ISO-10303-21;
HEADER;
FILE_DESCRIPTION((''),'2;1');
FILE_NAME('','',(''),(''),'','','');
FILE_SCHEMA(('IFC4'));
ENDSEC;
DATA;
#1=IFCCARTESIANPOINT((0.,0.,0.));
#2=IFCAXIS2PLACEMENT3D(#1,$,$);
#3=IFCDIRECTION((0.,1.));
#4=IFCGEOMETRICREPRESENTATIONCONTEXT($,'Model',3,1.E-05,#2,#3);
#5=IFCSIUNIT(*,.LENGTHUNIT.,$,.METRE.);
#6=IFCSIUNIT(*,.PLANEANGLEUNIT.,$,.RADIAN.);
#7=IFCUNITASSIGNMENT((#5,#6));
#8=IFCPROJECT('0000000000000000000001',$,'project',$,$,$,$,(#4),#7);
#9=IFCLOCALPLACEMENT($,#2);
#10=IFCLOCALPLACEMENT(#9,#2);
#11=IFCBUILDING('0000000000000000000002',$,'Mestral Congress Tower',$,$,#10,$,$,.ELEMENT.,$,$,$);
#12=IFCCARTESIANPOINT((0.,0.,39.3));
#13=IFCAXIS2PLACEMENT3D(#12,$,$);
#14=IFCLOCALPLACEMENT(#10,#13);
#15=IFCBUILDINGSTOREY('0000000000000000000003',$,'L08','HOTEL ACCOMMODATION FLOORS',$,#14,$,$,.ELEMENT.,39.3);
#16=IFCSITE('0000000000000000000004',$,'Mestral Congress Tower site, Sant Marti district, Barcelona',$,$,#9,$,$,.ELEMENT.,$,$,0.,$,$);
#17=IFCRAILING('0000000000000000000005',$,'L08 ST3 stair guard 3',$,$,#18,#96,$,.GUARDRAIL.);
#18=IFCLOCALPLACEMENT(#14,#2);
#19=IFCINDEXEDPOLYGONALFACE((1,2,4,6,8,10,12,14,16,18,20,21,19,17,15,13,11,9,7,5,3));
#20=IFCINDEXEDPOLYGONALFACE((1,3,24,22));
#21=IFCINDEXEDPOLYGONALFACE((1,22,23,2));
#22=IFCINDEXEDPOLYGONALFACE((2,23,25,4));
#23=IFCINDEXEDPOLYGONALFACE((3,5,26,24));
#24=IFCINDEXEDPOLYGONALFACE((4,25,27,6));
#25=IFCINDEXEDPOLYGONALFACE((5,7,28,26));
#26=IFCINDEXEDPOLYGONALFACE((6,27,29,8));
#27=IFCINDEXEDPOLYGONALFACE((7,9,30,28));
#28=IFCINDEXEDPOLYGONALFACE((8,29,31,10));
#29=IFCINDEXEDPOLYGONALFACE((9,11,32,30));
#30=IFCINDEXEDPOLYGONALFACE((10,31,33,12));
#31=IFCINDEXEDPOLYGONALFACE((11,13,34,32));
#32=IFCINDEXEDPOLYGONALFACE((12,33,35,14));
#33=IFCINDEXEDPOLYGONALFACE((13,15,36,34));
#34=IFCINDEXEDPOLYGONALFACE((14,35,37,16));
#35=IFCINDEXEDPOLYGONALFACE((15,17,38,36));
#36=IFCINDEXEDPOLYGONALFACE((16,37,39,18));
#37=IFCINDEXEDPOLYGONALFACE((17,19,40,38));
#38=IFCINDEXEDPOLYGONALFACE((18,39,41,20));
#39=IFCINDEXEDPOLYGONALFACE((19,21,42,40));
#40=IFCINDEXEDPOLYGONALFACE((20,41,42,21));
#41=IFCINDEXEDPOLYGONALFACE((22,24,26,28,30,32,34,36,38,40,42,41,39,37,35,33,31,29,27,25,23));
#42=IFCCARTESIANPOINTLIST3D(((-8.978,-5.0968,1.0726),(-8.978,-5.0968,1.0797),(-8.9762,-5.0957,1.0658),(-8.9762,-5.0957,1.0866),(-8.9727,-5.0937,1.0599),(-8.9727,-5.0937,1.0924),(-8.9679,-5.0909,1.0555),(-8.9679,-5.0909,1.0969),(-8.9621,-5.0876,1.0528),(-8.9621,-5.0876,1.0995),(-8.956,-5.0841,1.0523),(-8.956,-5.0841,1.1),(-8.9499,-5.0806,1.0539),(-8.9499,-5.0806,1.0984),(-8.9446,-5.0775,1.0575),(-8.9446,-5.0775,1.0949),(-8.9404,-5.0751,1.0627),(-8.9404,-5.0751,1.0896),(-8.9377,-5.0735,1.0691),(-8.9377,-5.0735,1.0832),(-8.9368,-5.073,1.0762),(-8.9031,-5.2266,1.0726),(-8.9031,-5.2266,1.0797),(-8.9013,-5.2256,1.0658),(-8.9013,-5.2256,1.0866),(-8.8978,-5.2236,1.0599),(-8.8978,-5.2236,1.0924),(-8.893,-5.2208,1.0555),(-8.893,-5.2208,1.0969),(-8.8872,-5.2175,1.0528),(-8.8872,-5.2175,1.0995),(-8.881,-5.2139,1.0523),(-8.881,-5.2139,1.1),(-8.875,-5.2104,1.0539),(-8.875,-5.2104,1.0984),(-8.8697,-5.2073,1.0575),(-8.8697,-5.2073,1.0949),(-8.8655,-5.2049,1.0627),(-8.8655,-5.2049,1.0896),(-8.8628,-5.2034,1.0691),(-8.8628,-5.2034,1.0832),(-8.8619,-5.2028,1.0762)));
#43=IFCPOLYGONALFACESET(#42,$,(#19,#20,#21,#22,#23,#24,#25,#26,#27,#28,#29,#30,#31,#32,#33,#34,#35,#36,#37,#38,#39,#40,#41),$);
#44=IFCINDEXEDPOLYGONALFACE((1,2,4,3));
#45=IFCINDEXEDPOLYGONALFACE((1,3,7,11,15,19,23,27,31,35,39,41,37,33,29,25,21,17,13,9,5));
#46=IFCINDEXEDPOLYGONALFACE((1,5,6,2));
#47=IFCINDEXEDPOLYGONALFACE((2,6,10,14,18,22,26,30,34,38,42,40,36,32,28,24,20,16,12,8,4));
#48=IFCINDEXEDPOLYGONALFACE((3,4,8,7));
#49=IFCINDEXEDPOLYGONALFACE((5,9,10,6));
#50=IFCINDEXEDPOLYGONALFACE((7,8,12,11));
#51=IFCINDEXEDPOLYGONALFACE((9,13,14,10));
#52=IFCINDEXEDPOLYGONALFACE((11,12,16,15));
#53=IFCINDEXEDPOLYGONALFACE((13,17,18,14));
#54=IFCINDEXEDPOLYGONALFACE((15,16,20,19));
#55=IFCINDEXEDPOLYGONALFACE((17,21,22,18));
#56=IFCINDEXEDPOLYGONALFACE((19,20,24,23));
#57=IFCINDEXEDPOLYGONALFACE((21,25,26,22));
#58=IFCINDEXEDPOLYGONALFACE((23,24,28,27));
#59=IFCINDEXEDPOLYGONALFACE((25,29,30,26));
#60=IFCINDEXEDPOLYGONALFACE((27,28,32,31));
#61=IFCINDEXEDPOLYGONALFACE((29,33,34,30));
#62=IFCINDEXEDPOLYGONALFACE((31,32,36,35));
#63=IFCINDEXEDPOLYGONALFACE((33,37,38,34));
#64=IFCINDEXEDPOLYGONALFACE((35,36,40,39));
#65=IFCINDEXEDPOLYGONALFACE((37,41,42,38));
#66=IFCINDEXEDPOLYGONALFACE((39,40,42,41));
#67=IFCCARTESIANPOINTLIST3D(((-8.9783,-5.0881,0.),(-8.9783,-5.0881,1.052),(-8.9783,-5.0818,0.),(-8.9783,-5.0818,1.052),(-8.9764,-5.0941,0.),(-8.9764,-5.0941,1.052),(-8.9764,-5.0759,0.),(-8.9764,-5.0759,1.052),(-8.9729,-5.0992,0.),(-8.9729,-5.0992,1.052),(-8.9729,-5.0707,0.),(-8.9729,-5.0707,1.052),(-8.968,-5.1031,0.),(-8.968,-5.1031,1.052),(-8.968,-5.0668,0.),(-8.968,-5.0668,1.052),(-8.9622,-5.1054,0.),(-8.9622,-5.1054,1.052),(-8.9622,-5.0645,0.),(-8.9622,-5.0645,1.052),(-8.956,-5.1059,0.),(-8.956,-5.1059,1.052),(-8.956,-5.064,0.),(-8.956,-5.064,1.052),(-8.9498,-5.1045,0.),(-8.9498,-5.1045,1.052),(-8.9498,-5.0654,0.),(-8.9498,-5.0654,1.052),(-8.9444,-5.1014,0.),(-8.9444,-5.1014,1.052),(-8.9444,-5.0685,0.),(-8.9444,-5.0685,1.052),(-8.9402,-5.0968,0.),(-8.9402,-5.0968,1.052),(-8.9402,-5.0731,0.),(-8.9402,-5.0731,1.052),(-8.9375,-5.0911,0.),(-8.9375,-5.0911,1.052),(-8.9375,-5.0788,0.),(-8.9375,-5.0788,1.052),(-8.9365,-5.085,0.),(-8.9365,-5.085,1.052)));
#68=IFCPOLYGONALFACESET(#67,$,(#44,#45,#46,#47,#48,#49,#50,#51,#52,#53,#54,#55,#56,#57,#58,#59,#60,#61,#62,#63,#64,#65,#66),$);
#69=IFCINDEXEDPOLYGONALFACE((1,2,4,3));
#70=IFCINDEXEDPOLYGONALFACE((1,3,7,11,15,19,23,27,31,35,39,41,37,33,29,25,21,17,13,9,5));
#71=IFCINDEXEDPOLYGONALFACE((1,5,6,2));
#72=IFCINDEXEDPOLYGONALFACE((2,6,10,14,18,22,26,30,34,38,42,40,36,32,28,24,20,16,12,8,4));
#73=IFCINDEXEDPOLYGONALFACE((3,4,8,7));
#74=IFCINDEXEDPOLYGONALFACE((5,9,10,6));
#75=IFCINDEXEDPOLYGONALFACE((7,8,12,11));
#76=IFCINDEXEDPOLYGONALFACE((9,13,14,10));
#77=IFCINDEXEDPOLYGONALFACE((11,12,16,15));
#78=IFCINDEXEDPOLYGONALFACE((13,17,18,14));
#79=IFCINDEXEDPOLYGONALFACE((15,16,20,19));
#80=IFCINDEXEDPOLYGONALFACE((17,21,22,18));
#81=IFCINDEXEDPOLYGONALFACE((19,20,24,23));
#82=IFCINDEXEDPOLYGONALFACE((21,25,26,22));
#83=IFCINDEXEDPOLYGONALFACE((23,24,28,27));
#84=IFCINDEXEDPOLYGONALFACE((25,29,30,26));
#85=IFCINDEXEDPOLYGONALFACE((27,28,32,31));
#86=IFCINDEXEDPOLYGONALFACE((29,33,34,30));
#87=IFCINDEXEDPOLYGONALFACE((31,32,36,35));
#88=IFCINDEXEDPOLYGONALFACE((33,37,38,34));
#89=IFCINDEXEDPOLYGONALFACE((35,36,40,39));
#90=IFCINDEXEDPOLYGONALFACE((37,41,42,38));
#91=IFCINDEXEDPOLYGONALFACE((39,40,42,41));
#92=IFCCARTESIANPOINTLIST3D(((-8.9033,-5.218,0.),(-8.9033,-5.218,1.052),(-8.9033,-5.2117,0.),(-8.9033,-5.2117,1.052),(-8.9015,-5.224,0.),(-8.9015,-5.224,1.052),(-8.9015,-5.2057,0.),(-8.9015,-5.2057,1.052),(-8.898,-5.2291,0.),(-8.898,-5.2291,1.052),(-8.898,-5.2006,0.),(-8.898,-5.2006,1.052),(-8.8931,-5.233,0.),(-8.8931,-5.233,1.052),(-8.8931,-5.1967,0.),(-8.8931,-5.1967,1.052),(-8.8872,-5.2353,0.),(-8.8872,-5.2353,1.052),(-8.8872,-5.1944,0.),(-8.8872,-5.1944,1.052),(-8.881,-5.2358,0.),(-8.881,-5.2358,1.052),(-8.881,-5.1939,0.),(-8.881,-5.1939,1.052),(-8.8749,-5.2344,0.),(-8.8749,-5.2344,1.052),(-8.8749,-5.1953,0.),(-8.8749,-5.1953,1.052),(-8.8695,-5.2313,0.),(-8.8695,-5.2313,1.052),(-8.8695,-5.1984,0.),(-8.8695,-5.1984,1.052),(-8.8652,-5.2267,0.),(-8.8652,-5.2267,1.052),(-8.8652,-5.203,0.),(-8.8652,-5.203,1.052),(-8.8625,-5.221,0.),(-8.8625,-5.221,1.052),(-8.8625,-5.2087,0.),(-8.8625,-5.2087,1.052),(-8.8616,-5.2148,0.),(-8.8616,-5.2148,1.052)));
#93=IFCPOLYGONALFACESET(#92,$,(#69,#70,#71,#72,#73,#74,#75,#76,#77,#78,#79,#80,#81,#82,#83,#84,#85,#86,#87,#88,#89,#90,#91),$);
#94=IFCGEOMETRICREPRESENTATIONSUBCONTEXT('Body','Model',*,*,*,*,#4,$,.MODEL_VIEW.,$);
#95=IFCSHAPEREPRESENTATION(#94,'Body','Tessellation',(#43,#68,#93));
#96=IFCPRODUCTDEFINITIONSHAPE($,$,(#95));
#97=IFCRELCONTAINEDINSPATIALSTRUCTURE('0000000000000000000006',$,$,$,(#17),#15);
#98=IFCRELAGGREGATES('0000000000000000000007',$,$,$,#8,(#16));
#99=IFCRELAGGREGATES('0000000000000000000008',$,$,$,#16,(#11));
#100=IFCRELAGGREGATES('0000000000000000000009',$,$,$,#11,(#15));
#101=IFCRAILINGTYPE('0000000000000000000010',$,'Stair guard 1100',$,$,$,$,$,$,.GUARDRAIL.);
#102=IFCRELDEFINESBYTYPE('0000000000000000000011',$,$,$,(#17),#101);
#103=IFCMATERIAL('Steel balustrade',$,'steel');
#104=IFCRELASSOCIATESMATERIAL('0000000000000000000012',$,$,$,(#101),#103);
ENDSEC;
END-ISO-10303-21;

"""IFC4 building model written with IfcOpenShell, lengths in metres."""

from ifc_helpers import new_model, si_unit, direction, frame, origin, origin_2d, place, context, subcontext, project, spatial, circle, extrude, material, type_object, element, save


model = new_model("IFC4")

# Units and contexts
model_context = context("Model", 3, precision=1e-05, world=origin(), true_north=direction((0.0, 1.0)))
body_context = subcontext(model_context, "Body", "Model", "MODEL_VIEW")
ifc_project = project(units=[si_unit("LENGTHUNIT", "METRE"), si_unit("PLANEANGLEUNIT", "RADIAN")], contexts=[model_context])

# Site, building, storey
site_placement = place(None, origin())
site = spatial("IfcSite", under=ifc_project, at=site_placement, Name="Mestral Congress Tower site, Sant Marti district, Barcelona", CompositionType="ELEMENT", RefElevation=0.0)
building_placement = place(site_placement, origin())
building = spatial("IfcBuilding", under=site, at=building_placement, Name="Mestral Congress Tower", CompositionType="ELEMENT")
storey_placement = place(building_placement, frame((0.0, 0.0, 39.3)))
storey = spatial("IfcBuildingStorey", under=building, at=storey_placement, Name="L08", Description="HOTEL ACCOMMODATION FLOORS", CompositionType="ELEMENT", Elevation=39.3)

# Railing
ifc_material_1 = material(Name="Steel balustrade", Category="steel")
railing_type_1 = type_object("IfcRailingType", Name="Stair guard 1100", PredefinedType="GUARDRAIL", material=ifc_material_1)
railing_1_placement = place(storey_placement, frame((-8.9575, -5.085, 0.0)))
element("IfcRailing", 1, at=railing_1_placement, inside=storey, type_object=railing_type_1, Name="L08 ST3 stair guard 3", PredefinedType="GUARDRAIL", context=body_context, shape_type="SweptSolid", body=[
    extrude(circle(Radius=0.0239, at=origin_2d()), frame((0.0, 0.0, 1.0762), z_axis=(0.499816, -0.866131, 0.0), x_axis=(0.866131, 0.499816, 0.0)), (0.0, 0.0, 1.0), 0.1499),
    extrude(circle(Radius=0.021, at=origin_2d()), origin(), (0.0, 0.0, 1.0), 1.052),
    extrude(circle(Radius=0.021, at=origin_2d()), frame((0.075, -0.1299, 0.0)), (0.0, 0.0, 1.0), 1.052),
])

save(model, "model.ifc")
